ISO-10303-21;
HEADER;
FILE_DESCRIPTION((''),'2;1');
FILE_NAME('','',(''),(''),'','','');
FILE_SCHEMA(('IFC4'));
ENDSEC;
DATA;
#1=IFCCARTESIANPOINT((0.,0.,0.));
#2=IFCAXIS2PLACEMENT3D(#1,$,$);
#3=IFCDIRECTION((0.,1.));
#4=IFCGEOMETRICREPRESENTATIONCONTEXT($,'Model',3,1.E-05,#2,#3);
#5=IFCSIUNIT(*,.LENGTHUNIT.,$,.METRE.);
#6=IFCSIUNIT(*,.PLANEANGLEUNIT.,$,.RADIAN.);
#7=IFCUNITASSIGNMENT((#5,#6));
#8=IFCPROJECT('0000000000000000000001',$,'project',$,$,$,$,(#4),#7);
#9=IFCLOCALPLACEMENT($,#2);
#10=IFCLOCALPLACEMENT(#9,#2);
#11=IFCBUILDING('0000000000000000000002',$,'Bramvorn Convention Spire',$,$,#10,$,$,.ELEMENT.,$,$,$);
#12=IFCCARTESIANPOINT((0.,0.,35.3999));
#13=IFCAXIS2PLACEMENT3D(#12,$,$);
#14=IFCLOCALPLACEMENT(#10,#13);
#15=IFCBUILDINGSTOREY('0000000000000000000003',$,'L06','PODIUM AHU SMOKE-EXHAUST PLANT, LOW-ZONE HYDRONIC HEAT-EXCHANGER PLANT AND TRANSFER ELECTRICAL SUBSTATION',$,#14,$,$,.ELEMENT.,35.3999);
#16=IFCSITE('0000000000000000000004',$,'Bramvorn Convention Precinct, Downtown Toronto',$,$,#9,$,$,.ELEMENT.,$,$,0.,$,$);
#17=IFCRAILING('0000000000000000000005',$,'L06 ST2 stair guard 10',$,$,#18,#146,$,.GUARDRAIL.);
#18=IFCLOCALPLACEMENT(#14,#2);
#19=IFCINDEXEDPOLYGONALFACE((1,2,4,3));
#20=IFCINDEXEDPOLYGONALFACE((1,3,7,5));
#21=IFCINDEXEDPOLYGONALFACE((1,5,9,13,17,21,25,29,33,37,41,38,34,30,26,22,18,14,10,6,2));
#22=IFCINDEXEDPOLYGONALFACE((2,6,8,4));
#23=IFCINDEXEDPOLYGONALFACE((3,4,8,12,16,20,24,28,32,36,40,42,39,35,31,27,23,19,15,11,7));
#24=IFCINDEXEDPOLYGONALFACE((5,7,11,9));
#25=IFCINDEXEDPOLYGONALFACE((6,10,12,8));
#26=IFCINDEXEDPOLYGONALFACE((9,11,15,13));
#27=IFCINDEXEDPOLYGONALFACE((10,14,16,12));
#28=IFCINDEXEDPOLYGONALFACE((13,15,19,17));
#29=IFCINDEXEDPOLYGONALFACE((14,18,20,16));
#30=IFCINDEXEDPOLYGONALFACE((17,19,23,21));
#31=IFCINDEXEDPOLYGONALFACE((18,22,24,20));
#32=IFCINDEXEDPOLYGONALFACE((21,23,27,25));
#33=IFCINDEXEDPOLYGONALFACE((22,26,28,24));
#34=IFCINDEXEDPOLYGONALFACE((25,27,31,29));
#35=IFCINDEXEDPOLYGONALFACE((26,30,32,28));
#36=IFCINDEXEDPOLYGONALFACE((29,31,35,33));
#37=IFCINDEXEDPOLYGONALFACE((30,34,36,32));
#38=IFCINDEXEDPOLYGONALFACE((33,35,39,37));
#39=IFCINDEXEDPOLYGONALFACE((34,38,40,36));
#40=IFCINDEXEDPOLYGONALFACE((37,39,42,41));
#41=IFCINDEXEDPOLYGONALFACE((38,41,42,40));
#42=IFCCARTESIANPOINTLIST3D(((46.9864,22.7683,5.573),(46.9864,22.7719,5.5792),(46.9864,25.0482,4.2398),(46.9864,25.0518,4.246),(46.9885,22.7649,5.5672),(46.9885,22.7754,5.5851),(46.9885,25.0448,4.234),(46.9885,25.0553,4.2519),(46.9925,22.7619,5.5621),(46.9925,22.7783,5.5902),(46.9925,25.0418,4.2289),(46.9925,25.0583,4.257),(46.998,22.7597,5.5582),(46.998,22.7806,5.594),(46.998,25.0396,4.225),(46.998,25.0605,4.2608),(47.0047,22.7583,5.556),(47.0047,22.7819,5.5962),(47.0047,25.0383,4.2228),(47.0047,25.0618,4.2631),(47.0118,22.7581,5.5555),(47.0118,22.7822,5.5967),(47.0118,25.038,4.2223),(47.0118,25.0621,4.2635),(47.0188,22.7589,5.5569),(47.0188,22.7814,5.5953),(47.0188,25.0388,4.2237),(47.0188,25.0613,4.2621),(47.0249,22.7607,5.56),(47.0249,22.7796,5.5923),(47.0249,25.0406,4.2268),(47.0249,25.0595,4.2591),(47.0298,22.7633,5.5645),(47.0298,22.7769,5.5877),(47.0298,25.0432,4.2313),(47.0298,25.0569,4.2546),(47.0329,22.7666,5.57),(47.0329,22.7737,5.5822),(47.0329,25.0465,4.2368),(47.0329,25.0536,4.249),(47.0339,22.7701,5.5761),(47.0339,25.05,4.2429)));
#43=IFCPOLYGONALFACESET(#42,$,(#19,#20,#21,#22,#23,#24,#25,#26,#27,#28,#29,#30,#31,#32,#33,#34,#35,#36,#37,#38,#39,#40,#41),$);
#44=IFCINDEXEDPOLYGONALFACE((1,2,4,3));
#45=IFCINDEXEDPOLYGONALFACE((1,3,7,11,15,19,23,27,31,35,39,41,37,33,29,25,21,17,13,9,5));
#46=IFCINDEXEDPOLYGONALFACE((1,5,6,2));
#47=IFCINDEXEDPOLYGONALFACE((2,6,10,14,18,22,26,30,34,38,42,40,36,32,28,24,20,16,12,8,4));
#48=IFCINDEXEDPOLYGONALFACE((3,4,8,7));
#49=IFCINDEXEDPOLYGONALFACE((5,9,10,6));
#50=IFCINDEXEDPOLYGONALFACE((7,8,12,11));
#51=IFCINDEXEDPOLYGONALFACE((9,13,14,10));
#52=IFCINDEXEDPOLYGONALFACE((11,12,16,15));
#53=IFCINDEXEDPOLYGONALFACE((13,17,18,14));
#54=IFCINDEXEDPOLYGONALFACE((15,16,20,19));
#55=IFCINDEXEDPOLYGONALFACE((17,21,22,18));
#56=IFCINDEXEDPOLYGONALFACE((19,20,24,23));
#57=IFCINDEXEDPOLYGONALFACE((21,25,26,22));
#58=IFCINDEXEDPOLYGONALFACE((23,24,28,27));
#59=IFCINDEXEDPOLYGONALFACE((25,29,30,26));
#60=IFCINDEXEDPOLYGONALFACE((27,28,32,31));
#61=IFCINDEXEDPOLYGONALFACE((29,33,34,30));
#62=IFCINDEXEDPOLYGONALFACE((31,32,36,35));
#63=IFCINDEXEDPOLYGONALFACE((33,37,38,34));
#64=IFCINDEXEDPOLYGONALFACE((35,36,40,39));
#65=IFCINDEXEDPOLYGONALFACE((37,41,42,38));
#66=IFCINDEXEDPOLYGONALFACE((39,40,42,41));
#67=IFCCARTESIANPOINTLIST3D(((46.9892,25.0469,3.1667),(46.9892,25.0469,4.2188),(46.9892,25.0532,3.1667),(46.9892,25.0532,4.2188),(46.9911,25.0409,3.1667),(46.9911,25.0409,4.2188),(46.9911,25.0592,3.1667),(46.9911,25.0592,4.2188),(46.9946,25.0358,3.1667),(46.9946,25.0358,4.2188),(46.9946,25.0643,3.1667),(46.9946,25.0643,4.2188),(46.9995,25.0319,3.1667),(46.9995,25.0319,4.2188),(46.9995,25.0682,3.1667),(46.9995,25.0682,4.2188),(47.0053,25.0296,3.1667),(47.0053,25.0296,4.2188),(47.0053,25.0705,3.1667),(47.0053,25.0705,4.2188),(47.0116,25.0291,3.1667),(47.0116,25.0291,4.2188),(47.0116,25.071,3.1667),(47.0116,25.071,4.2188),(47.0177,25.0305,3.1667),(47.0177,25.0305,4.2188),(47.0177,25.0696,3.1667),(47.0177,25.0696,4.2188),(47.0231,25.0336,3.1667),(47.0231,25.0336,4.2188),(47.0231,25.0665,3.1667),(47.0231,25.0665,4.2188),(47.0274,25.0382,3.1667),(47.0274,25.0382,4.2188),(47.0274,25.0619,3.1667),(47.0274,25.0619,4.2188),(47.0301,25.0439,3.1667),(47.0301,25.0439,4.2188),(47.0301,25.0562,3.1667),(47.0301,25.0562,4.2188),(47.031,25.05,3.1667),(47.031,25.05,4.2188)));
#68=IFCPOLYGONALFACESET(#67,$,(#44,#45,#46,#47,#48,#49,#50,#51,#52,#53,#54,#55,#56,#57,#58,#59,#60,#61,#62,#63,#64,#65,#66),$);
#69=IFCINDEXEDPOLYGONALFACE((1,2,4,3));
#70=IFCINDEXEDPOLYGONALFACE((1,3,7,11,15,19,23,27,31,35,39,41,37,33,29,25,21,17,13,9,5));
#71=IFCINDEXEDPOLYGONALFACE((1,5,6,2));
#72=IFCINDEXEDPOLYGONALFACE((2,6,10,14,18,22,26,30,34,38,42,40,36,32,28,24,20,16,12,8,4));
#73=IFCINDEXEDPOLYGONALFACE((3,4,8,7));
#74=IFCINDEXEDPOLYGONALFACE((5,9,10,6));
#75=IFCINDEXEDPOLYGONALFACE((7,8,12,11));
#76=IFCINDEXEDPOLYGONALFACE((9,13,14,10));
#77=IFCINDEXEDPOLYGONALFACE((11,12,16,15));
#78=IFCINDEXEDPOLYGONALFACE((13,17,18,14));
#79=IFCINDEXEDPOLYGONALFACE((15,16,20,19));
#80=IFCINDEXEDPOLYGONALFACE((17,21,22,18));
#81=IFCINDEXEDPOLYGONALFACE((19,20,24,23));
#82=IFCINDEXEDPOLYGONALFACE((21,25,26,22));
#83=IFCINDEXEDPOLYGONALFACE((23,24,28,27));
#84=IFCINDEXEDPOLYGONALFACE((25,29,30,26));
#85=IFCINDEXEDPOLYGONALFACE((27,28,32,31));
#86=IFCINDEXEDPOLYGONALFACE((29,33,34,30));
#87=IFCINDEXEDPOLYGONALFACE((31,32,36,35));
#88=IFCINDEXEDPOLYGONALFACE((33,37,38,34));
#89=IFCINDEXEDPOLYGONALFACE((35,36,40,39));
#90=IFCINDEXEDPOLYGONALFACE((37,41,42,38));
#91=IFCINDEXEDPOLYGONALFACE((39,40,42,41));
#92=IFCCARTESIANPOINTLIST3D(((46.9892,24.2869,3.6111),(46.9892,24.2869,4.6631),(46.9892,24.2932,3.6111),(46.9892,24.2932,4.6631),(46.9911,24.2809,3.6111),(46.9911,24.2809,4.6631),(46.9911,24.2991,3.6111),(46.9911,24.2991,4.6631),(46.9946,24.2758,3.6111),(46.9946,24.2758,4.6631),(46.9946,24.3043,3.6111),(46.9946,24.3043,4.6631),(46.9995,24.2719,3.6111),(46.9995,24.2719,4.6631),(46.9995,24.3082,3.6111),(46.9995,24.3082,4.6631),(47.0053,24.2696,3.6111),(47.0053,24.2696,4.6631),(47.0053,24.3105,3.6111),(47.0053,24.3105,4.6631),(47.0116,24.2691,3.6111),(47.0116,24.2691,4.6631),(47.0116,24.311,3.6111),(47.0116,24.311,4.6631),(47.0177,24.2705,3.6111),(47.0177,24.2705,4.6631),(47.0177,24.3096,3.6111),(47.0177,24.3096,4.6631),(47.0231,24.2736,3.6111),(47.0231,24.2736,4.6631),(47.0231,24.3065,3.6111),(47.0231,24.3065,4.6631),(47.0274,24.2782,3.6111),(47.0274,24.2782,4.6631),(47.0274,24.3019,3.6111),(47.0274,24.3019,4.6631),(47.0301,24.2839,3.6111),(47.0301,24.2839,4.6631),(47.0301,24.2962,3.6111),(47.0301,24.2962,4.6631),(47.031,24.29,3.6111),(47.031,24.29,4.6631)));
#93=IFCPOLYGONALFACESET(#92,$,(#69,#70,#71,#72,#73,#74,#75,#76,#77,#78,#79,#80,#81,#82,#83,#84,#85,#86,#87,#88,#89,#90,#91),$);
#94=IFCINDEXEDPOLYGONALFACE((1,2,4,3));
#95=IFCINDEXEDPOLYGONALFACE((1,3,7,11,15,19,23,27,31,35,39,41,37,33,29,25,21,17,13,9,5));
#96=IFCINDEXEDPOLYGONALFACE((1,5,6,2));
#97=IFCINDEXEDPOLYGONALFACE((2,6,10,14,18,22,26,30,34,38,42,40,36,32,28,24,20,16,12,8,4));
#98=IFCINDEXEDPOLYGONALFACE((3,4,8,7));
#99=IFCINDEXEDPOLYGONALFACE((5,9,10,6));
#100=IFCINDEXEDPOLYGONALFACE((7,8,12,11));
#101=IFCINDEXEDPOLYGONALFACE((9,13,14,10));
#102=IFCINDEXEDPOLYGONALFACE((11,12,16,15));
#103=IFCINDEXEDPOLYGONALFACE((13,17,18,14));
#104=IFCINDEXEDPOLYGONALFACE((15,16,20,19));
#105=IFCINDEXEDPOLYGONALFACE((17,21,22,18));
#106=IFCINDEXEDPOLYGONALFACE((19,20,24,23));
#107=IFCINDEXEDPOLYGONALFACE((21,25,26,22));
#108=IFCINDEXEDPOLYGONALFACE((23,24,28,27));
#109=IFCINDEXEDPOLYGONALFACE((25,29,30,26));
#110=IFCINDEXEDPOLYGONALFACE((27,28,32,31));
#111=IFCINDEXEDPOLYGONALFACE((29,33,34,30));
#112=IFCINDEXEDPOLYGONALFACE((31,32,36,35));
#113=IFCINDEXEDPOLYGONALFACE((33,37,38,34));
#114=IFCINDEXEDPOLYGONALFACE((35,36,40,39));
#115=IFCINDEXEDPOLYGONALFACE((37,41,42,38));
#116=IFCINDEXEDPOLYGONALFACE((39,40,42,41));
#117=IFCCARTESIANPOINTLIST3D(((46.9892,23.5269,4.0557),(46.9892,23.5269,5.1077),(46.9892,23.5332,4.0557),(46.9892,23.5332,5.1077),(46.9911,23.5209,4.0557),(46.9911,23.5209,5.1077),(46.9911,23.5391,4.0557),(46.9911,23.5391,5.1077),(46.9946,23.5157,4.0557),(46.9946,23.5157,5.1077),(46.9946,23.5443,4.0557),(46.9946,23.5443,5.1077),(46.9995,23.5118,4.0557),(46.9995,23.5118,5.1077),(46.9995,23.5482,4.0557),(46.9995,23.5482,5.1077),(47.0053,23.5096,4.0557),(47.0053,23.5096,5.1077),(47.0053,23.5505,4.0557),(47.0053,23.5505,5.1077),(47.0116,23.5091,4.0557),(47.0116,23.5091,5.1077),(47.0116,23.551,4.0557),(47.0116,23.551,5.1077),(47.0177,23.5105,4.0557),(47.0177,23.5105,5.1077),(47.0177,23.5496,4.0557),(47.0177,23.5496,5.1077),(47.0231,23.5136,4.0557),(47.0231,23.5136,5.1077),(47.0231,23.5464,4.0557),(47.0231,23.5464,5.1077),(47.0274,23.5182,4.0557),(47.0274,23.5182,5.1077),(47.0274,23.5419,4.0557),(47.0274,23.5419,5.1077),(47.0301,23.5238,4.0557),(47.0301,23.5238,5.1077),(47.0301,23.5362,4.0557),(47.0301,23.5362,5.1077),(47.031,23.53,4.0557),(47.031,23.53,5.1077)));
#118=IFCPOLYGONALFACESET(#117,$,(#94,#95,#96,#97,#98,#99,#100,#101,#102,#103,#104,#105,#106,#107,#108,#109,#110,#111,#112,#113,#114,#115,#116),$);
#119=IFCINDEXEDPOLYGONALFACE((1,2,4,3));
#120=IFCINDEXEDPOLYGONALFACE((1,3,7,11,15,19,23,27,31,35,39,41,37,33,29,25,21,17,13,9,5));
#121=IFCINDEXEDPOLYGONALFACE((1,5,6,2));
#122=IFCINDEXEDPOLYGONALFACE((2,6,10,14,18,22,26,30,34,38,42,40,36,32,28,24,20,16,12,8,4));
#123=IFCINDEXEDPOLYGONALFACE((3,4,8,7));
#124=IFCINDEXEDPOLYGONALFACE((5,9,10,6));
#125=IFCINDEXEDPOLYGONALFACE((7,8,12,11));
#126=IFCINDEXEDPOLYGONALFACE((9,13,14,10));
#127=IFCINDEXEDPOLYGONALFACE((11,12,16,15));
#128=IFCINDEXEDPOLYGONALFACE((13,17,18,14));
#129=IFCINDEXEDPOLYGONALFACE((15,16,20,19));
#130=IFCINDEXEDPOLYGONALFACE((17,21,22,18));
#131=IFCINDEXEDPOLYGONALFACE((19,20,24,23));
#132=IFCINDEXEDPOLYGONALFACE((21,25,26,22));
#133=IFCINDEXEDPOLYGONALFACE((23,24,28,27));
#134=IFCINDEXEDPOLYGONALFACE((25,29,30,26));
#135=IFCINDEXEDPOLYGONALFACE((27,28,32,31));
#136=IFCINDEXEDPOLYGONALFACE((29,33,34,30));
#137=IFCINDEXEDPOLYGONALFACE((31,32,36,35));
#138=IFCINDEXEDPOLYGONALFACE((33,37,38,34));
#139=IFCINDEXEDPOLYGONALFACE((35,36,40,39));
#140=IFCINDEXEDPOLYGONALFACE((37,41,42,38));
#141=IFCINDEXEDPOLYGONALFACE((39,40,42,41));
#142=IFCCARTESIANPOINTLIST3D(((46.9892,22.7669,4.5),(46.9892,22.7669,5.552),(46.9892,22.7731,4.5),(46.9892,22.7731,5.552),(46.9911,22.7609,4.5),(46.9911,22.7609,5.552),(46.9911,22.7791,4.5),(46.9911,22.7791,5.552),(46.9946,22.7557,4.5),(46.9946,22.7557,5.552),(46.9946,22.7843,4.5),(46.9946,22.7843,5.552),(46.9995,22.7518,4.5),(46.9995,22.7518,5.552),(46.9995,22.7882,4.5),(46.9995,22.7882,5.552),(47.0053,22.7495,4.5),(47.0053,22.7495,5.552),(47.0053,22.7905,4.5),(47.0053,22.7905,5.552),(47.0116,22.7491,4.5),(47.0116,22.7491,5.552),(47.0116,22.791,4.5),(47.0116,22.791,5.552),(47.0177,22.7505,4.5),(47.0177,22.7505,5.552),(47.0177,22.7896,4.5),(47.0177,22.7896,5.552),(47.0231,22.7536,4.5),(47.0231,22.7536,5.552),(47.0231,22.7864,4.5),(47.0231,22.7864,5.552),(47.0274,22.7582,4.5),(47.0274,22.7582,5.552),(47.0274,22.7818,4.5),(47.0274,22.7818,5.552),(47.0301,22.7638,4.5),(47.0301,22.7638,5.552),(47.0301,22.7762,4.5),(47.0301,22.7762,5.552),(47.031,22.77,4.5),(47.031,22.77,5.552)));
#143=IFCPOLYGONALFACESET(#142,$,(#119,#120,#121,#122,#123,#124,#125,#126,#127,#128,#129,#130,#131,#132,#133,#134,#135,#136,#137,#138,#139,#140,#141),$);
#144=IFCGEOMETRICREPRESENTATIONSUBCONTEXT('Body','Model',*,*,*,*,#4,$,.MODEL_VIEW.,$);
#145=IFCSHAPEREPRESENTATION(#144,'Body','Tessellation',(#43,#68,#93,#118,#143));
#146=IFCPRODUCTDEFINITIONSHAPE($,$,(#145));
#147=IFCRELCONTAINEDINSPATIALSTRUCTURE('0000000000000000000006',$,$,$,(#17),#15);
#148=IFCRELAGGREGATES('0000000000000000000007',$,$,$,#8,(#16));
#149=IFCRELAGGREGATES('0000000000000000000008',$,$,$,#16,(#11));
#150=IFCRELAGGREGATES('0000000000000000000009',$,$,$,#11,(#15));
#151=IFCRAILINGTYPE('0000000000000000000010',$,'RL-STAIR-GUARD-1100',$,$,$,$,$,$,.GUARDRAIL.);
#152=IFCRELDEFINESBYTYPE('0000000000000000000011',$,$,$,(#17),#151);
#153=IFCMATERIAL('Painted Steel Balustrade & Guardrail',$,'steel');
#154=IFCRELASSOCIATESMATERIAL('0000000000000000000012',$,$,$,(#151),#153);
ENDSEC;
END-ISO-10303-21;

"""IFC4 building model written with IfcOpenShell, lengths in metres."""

from ifc_helpers import new_model, si_unit, direction, frame, origin, origin_2d, place, context, subcontext, project, spatial, circle, extrude, material, type_object, element, save


model = new_model("IFC4")

# Units and contexts
model_context = context("Model", 3, precision=1e-05, world=origin(), true_north=direction((0.0, 1.0)))
body_context = subcontext(model_context, "Body", "Model", "MODEL_VIEW")
ifc_project = project(units=[si_unit("LENGTHUNIT", "METRE"), si_unit("PLANEANGLEUNIT", "RADIAN")], contexts=[model_context])

# Site, building, storey
site_placement = place(None, origin())
site = spatial("IfcSite", under=ifc_project, at=site_placement, Name="Bramvorn Convention Precinct, Downtown Toronto", CompositionType="ELEMENT", RefElevation=0.0)
building_placement = place(site_placement, origin())
building = spatial("IfcBuilding", under=site, at=building_placement, Name="Bramvorn Convention Spire", CompositionType="ELEMENT")
storey_placement = place(building_placement, frame((0.0, 0.0, 35.3999)))
storey = spatial("IfcBuildingStorey", under=building, at=storey_placement, Name="L06", Description="PODIUM AHU SMOKE-EXHAUST PLANT, LOW-ZONE HYDRONIC HEAT-EXCHANGER PLANT AND TRANSFER ELECTRICAL SUBSTATION", CompositionType="ELEMENT", Elevation=35.3999)

# Railing
ifc_material_1 = material(Name="Painted Steel Balustrade & Guardrail", Category="steel")
railing_type_1 = type_object("IfcRailingType", Name="RL-STAIR-GUARD-1100", PredefinedType="GUARDRAIL", material=ifc_material_1)
railing_1_placement = place(storey_placement, frame((47.01, 25.05, 3.1667)))
element("IfcRailing", 1, at=railing_1_placement, inside=storey, type_object=railing_type_1, Name="L06 ST2 stair guard 10", PredefinedType="GUARDRAIL", context=body_context, shape_type="SweptSolid", body=[
    extrude(circle(Radius=0.0239, at=origin_2d()), frame((0.0, 0.0, 1.0762), z_axis=(0.0, -0.863245, 0.504785), x_axis=(1.0, 0.0, 0.0)), (0.0, 0.0, 1.0), 2.6411),
    extrude(circle(Radius=0.021, at=origin_2d()), origin(), (0.0, 0.0, 1.0), 1.052),
    extrude(circle(Radius=0.021, at=origin_2d()), frame((0.0, -0.76, 0.4443)), (0.0, 0.0, 1.0), 1.052),
    extrude(circle(Radius=0.021, at=origin_2d()), frame((0.0, -1.52, 0.8889)), (0.0, 0.0, 1.0), 1.052),
    extrude(circle(Radius=0.021, at=origin_2d()), frame((0.0, -2.28, 1.3333)), (0.0, 0.0, 1.0), 1.052),
])

save(model, "model.ifc")
